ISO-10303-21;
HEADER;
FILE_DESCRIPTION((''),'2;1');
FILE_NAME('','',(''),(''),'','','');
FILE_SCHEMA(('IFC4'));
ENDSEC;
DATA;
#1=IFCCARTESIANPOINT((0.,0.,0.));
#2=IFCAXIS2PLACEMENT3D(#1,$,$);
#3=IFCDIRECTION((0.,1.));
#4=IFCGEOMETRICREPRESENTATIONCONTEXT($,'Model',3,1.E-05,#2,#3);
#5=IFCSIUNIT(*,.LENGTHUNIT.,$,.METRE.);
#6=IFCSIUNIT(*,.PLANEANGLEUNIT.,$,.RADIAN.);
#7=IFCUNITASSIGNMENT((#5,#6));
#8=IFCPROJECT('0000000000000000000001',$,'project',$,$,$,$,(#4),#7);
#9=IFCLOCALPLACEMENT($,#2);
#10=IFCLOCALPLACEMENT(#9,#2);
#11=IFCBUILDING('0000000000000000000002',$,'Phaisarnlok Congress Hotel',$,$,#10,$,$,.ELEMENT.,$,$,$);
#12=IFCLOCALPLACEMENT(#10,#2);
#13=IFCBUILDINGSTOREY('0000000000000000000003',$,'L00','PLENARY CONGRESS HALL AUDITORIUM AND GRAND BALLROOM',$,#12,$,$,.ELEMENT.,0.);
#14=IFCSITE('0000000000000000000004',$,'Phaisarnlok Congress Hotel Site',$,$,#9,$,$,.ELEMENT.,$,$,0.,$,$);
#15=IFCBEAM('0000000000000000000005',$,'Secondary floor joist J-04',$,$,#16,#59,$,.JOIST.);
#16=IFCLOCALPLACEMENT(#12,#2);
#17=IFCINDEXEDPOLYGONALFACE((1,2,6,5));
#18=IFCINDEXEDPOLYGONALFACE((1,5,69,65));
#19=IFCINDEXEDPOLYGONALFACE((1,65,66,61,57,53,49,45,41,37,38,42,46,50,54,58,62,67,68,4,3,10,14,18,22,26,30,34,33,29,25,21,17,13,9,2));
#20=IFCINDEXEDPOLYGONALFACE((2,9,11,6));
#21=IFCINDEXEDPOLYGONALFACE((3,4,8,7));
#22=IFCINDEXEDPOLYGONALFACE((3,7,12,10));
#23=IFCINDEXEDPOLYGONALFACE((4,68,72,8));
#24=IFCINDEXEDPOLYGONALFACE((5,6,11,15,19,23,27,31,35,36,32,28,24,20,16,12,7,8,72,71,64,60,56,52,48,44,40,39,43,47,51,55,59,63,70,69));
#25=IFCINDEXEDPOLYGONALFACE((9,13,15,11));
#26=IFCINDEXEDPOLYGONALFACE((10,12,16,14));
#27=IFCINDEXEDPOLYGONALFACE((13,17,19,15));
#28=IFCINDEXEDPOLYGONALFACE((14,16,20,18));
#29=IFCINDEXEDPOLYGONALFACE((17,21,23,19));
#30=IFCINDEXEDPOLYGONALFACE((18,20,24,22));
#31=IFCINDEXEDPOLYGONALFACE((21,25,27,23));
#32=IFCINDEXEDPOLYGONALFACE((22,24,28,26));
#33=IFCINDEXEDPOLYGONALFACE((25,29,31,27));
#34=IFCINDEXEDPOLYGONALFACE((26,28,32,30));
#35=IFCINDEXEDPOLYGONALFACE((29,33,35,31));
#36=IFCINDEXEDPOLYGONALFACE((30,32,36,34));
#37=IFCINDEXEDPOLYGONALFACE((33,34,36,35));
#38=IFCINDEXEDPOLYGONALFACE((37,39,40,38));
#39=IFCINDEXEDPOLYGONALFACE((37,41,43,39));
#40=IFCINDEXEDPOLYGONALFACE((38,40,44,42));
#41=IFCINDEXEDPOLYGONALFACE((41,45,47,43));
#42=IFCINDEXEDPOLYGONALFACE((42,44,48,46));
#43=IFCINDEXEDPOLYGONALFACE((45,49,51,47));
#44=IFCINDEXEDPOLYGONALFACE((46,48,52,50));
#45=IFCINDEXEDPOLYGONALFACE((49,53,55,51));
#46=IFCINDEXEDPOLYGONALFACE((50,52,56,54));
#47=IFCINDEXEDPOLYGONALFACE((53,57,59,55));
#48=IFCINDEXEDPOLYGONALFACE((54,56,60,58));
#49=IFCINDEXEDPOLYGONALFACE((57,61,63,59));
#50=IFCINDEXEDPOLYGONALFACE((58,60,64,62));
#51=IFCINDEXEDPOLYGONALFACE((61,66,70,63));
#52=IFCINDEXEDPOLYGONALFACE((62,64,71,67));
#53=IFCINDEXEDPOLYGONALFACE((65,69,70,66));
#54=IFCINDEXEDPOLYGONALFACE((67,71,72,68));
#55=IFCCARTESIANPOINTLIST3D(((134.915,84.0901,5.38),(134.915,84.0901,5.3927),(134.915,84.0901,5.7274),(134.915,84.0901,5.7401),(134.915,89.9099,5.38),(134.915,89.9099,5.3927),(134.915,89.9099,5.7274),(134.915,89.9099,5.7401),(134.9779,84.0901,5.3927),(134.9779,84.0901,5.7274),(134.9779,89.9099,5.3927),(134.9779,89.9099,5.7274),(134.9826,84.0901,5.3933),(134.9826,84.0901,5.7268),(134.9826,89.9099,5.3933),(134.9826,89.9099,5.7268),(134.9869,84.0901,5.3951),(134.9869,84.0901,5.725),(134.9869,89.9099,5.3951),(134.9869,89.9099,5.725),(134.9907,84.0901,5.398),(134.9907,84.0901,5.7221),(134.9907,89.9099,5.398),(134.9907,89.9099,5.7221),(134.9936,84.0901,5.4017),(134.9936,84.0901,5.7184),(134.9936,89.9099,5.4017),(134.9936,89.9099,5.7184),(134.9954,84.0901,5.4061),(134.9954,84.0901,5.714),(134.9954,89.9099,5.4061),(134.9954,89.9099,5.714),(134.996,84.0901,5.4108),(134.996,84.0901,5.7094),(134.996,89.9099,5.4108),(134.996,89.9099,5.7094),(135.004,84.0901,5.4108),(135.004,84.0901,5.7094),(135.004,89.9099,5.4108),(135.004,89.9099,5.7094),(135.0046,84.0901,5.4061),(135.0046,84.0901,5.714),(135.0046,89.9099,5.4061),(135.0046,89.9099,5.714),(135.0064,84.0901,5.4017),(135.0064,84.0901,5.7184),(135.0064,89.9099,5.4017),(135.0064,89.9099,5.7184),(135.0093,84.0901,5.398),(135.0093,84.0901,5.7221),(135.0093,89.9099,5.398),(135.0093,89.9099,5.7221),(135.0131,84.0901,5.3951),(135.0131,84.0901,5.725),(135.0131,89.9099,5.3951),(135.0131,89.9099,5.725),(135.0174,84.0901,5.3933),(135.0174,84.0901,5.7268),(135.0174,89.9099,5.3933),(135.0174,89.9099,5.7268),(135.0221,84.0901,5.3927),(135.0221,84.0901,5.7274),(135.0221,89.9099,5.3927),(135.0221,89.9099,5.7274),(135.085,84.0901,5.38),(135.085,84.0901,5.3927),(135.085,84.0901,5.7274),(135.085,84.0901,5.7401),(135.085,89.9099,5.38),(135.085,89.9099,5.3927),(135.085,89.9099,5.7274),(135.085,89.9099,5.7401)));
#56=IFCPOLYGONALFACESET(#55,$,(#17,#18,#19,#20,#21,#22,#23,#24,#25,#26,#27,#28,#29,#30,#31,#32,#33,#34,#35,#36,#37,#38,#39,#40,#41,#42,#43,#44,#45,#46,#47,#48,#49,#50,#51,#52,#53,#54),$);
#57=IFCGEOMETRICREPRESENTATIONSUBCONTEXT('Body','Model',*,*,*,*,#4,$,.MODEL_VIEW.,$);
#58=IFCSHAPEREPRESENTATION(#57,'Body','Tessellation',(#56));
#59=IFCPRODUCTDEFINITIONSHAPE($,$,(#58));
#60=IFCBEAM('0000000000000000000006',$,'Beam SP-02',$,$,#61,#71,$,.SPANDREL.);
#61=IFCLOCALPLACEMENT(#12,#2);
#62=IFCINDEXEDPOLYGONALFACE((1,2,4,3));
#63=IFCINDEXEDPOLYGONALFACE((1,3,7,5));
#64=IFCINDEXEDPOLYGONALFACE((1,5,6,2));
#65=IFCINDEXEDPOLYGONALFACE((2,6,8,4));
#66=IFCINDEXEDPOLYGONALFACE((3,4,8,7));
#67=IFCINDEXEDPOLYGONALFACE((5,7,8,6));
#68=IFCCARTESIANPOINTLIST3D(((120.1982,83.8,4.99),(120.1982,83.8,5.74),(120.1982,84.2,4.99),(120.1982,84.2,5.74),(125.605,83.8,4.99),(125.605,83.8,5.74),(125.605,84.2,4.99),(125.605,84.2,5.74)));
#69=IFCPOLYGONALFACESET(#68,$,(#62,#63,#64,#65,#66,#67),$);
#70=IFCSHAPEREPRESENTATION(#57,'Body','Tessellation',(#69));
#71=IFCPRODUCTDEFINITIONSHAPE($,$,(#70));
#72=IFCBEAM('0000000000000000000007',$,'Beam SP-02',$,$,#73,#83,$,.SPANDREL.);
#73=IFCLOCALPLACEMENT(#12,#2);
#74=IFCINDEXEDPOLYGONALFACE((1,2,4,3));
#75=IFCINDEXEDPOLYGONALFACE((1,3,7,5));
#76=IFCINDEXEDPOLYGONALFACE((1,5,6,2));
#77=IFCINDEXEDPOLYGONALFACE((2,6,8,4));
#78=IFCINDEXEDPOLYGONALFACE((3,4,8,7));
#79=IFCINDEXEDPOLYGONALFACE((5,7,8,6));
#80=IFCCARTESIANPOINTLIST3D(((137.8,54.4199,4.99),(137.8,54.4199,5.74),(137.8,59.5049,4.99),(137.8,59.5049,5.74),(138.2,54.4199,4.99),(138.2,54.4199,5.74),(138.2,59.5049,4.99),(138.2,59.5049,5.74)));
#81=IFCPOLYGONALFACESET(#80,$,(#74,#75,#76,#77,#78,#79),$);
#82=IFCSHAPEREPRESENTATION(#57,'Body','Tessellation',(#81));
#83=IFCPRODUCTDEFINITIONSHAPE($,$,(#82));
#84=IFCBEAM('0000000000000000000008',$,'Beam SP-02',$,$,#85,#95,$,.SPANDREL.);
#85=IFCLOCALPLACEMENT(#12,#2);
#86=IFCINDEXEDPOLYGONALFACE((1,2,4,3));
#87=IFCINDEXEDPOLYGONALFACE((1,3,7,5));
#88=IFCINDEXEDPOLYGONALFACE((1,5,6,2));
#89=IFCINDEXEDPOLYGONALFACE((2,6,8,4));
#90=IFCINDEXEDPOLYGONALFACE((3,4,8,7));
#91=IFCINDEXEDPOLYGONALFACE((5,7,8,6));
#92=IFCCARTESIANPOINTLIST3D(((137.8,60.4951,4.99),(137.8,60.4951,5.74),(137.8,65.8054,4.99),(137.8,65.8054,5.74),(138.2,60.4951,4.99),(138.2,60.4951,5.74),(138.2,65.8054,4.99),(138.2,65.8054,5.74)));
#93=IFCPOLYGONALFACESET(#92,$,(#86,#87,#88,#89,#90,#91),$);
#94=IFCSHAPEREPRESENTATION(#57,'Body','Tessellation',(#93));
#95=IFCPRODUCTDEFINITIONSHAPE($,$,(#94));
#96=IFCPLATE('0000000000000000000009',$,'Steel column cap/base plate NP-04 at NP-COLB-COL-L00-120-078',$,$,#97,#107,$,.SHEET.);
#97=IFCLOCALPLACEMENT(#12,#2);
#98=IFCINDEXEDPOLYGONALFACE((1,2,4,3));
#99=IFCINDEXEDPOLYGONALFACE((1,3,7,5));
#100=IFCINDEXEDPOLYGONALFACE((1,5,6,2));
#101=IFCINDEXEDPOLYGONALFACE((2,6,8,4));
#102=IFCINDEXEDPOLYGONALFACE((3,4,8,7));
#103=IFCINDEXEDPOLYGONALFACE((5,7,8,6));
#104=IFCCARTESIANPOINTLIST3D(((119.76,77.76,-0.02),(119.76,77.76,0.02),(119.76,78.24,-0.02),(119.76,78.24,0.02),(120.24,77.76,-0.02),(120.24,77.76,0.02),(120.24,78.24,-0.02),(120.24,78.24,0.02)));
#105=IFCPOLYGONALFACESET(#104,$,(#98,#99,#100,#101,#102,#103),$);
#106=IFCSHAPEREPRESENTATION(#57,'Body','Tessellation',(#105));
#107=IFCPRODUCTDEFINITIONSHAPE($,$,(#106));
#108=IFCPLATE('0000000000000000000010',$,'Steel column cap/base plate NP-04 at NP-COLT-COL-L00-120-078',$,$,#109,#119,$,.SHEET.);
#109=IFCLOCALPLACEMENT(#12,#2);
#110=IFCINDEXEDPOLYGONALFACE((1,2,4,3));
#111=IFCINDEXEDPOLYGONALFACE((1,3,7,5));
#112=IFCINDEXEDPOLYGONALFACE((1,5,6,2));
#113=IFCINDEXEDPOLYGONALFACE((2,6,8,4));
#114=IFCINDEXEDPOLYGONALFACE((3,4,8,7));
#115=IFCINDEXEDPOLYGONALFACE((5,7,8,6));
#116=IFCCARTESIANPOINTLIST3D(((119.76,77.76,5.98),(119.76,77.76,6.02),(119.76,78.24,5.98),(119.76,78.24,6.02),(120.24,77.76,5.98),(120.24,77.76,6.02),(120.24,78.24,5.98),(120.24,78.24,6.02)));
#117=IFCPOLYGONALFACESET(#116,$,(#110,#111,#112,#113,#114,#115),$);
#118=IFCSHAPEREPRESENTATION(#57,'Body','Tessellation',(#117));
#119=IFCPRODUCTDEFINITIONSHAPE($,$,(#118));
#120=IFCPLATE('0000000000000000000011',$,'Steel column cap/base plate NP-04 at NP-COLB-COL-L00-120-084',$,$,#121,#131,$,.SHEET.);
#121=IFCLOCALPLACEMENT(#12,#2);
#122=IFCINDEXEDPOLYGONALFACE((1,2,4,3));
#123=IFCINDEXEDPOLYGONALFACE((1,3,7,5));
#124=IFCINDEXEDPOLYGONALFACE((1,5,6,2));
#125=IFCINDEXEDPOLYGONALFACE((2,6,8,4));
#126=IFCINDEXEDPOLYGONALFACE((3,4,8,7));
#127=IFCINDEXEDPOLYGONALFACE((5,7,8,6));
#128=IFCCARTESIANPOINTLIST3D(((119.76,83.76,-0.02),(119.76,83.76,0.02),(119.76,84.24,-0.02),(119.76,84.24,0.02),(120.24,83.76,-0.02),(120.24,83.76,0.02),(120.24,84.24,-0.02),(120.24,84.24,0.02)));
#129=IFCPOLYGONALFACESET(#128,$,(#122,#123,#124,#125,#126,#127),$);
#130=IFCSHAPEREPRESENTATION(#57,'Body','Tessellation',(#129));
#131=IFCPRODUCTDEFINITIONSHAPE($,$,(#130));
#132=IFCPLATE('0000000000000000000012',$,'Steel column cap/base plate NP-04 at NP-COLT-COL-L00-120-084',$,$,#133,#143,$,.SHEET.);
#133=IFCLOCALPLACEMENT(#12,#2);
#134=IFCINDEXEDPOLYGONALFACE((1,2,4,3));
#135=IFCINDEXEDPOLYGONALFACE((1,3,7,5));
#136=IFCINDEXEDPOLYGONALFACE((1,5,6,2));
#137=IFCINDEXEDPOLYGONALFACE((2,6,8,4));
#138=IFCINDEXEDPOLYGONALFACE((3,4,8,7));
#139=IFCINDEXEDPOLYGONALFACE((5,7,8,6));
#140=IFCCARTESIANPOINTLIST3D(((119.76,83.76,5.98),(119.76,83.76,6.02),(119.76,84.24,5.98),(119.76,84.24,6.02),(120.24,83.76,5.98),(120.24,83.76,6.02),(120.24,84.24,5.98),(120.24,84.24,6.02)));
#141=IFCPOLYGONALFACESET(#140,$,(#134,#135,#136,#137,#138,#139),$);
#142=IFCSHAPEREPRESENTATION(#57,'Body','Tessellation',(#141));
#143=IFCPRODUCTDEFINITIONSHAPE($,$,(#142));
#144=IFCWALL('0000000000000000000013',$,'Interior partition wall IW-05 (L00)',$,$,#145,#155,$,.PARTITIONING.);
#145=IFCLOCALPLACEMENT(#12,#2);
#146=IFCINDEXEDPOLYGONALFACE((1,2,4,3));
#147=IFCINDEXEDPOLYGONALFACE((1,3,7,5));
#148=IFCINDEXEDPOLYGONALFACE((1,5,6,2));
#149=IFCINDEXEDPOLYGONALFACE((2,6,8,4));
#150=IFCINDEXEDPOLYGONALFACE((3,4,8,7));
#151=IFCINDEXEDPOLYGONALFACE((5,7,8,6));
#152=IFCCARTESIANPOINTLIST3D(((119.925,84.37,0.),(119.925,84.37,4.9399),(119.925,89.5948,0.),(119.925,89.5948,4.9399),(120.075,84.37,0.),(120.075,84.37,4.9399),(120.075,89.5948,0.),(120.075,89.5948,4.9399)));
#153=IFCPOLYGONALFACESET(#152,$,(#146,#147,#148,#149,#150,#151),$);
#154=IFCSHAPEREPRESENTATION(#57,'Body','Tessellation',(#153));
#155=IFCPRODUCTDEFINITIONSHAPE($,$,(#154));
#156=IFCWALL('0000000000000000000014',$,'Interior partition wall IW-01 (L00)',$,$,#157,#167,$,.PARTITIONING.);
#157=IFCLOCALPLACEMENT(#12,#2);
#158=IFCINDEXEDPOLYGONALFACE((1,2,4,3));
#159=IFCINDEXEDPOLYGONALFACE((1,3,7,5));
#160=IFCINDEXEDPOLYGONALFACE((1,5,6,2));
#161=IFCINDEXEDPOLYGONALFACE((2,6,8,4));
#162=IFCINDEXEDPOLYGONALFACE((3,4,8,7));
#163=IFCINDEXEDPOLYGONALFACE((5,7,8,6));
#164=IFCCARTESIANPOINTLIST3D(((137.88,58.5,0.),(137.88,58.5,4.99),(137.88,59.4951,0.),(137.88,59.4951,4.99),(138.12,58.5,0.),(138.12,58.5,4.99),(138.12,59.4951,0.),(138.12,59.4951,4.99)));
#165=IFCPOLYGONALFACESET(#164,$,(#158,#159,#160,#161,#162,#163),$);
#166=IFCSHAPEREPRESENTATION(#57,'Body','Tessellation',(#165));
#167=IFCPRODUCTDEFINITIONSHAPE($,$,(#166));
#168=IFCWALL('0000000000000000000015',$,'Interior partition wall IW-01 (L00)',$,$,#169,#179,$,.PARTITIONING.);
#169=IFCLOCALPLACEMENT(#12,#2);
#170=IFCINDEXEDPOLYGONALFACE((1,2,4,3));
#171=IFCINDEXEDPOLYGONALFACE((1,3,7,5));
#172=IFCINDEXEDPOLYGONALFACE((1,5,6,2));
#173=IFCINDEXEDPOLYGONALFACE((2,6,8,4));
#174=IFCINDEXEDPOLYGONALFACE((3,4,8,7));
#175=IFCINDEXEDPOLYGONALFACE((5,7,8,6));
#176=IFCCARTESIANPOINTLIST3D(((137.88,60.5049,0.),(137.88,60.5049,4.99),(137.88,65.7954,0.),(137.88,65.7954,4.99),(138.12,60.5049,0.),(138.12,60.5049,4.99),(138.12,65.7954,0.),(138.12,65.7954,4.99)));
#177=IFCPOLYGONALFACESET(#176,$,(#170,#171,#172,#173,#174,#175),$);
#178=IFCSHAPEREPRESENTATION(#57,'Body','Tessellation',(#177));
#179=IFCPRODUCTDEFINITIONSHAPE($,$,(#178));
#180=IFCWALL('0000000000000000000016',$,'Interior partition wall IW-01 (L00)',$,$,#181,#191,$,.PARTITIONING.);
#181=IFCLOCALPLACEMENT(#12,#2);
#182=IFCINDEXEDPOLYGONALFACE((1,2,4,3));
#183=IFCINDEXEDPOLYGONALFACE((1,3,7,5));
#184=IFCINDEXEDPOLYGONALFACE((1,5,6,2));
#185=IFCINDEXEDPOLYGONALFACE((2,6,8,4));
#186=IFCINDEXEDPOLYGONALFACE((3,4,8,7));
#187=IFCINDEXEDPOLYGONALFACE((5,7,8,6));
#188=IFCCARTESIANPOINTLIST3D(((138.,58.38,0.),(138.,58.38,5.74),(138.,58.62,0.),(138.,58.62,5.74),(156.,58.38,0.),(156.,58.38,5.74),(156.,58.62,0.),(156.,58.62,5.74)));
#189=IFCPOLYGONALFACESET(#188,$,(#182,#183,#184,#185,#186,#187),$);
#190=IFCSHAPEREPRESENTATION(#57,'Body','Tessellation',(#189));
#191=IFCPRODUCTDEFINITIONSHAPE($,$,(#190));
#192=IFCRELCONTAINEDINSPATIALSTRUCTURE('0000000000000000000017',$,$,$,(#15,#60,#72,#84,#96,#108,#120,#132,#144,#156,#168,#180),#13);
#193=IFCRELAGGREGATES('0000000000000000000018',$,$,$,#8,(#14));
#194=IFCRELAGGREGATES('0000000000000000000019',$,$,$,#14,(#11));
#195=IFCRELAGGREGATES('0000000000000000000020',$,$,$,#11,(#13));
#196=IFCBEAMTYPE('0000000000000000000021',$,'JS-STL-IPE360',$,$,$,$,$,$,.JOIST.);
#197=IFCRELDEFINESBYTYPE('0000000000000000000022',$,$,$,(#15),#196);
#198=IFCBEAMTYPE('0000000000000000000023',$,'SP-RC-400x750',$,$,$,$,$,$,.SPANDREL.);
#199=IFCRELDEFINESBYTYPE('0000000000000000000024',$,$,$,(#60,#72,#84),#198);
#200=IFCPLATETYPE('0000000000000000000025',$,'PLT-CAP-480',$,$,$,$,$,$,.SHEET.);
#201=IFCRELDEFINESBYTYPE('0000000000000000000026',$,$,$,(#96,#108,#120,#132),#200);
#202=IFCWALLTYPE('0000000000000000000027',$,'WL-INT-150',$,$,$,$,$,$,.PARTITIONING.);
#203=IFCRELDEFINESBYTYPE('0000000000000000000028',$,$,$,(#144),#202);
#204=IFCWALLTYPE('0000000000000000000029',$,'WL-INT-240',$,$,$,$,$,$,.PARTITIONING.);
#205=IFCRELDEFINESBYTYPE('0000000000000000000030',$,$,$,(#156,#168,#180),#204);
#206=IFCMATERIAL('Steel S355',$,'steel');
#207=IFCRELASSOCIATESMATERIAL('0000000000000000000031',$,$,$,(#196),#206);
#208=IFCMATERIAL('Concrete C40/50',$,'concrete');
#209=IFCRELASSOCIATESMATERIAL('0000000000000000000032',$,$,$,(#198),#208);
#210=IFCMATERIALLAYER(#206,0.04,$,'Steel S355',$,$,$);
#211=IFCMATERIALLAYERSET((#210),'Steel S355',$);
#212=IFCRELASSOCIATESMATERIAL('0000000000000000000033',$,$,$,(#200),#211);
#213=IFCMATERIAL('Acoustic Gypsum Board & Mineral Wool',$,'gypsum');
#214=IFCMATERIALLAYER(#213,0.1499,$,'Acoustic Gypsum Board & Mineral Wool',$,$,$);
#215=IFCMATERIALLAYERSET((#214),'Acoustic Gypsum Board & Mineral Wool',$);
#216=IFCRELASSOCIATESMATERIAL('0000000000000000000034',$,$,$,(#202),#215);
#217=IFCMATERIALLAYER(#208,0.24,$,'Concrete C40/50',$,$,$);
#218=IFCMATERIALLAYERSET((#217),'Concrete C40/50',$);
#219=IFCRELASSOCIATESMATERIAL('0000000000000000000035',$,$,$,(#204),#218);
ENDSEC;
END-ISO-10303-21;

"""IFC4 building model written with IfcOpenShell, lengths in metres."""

from ifc_helpers import new_model, si_unit, direction, frame, frame_2d, origin, origin_2d, place, context, subcontext, project, spatial, rectangle, i_section, extrude, material, layer, layer_set, material_profile, profile_set, type_object, element, save


model = new_model("IFC4")

# Units and contexts
model_context = context("Model", 3, precision=1e-05, world=origin(), true_north=direction((0.0, 1.0)))
body_context = subcontext(model_context, "Body", "Model", "MODEL_VIEW")
ifc_project = project(units=[si_unit("LENGTHUNIT", "METRE"), si_unit("PLANEANGLEUNIT", "RADIAN")], contexts=[model_context])

# Site, building, storey
site_placement = place(None, origin())
site = spatial("IfcSite", under=ifc_project, at=site_placement, Name="Phaisarnlok Congress Hotel Site", CompositionType="ELEMENT", RefElevation=0.0)
building_placement = place(site_placement, origin())
building = spatial("IfcBuilding", under=site, at=building_placement, Name="Phaisarnlok Congress Hotel", CompositionType="ELEMENT")
storey_placement = place(building_placement, origin())
storey = spatial("IfcBuildingStorey", under=building, at=storey_placement, Name="L00", Description="PLENARY CONGRESS HALL AUDITORIUM AND GRAND BALLROOM", CompositionType="ELEMENT", Elevation=0.0)

# Shared definitions
ifc_material_1 = material(Name="Steel S355", Category="steel")

# Beams
ifc_material_2 = material(Name="Concrete C40/50", Category="concrete")
ifc_material_profile_1 = material_profile(ifc_material_1, i_section(OverallWidth=0.1699, OverallDepth=0.3601, WebThickness=0.0081, FlangeThickness=0.0127, FilletRadius=0.0181, at=origin_2d()), Name="IPE 360")
ifc_profile_set_1 = profile_set([ifc_material_profile_1], Name="Steel S355")
beam_type_1 = type_object("IfcBeamType", Name="JS-STL-IPE360", PredefinedType="JOIST", material=ifc_profile_set_1)
beam_1_placement = place(storey_placement, frame((135.0, 84.0901, 5.5601), z_axis=(0.0, 1.0, 0.0), x_axis=(-1.0, 0.0, 0.0)))
element("IfcBeam", 1, at=beam_1_placement, inside=storey, type_object=beam_type_1, Name="Secondary floor joist J-04", PredefinedType="JOIST", context=body_context, shape_type="SweptSolid", body=[
    extrude(i_section(OverallWidth=0.1699, OverallDepth=0.3601, WebThickness=0.0081, FlangeThickness=0.0127, FilletRadius=0.0181, at=origin_2d()), origin(), (0.0, 0.0, 1.0), 5.8198),
])
ifc_material_profile_2 = material_profile(ifc_material_2, rectangle(XDim=0.3999, YDim=0.75, at=origin_2d()), Name="RC 400x750")
ifc_profile_set_2 = profile_set([ifc_material_profile_2], Name="Concrete C40/50")
beam_type_2 = type_object("IfcBeamType", Name="SP-RC-400x750", PredefinedType="SPANDREL", material=ifc_profile_set_2)
beam_2_placement = place(storey_placement, frame((120.1982, 84.0, 5.365), z_axis=(1.0, 0.0, 0.0), x_axis=(0.0, 1.0, 0.0)))
element("IfcBeam", 2, at=beam_2_placement, inside=storey, type_object=beam_type_2, Name="Beam SP-02", PredefinedType="SPANDREL", context=body_context, shape_type="SweptSolid", body=[
    extrude(rectangle(XDim=0.3999, YDim=0.75, at=origin_2d()), origin(), (0.0, 0.0, 1.0), 5.4067),
])
beam_3_placement = place(storey_placement, frame((138.0, 54.4199, 5.365), z_axis=(0.0, 1.0, 0.0), x_axis=(-1.0, 0.0, 0.0)))
element("IfcBeam", 3, at=beam_3_placement, inside=storey, type_object=beam_type_2, Name="Beam SP-02", PredefinedType="SPANDREL", context=body_context, shape_type="SweptSolid", body=[
    extrude(rectangle(XDim=0.3999, YDim=0.75, at=origin_2d()), origin(), (0.0, 0.0, 1.0), 5.085),
])
beam_4_placement = place(storey_placement, frame((138.0, 60.4951, 5.365), z_axis=(0.0, 1.0, 0.0), x_axis=(-1.0, 0.0, 0.0)))
element("IfcBeam", 4, at=beam_4_placement, inside=storey, type_object=beam_type_2, Name="Beam SP-02", PredefinedType="SPANDREL", context=body_context, shape_type="SweptSolid", body=[
    extrude(rectangle(XDim=0.3999, YDim=0.75, at=origin_2d()), origin(), (0.0, 0.0, 1.0), 5.3103),
])

# Plates
ifc_layer_1 = layer(ifc_material_1, 0.04, Name="Steel S355")
ifc_layer_set_1 = layer_set([ifc_layer_1], Name="Steel S355")
plate_type = type_object("IfcPlateType", Name="PLT-CAP-480", PredefinedType="SHEET", material=ifc_layer_set_1)
for number, where, z_axis, x_axis, name in (
    (5, (120.0, 78.0, -0.02), (0.0, 0.0, 1.0), (1.0, 0.0, 0.0), "Steel column cap/base plate NP-04 at NP-COLB-COL-L00-120-078"),
    (6, (120.0, 78.0, 5.98), (0.0, 0.0, 1.0), (1.0, 0.0, 0.0), "Steel column cap/base plate NP-04 at NP-COLT-COL-L00-120-078"),
    (7, (120.0, 84.0, -0.02), (0.0, 0.0, 1.0), (1.0, 0.0, 0.0), "Steel column cap/base plate NP-04 at NP-COLB-COL-L00-120-084"),
    (8, (120.0, 84.0, 5.98), (0.0, 0.0, 1.0), (1.0, 0.0, 0.0), "Steel column cap/base plate NP-04 at NP-COLT-COL-L00-120-084"),
):
    element("IfcPlate", number, at=place(storey_placement, frame(where, z_axis=z_axis, x_axis=x_axis)), inside=storey, type_object=plate_type, Name=name, PredefinedType="SHEET", context=body_context, shape_type="SweptSolid", body=[
        extrude(rectangle(XDim=0.48, YDim=0.48, at=origin_2d()), origin(), (0.0, 0.0, 1.0), 0.04),
    ])

# Walls
ifc_material_3 = material(Name="Acoustic Gypsum Board & Mineral Wool", Category="gypsum")
ifc_layer_2 = layer(ifc_material_3, 0.1499, Name="Acoustic Gypsum Board & Mineral Wool")
ifc_layer_set_2 = layer_set([ifc_layer_2], Name="Acoustic Gypsum Board & Mineral Wool")
wall_type_1 = type_object("IfcWallType", Name="WL-INT-150", PredefinedType="PARTITIONING", material=ifc_layer_set_2)
wall_1_placement = place(storey_placement, frame((120.0, 84.3701, 0.0), z_axis=(0.0, 0.0, 1.0), x_axis=(0.0, 1.0, 0.0)))
element("IfcWall", 9, at=wall_1_placement, inside=storey, type_object=wall_type_1, Name="Interior partition wall IW-05 (L00)", PredefinedType="PARTITIONING", context=body_context, shape_type="SweptSolid", body=[
    extrude(rectangle(XDim=5.2249, YDim=0.1499, at=frame_2d((2.6123, 0.0))), origin(), (0.0, 0.0, 1.0), 4.9399),
])
ifc_layer_3 = layer(ifc_material_2, 0.24, Name="Concrete C40/50")
ifc_layer_set_3 = layer_set([ifc_layer_3], Name="Concrete C40/50")
wall_type_2 = type_object("IfcWallType", Name="WL-INT-240", PredefinedType="PARTITIONING", material=ifc_layer_set_3)
wall_2_placement = place(storey_placement, frame((138.0, 58.5, 0.0), z_axis=(0.0, 0.0, 1.0), x_axis=(0.0, 1.0, 0.0)))
element("IfcWall", 10, at=wall_2_placement, inside=storey, type_object=wall_type_2, Name="Interior partition wall IW-01 (L00)", PredefinedType="PARTITIONING", context=body_context, shape_type="SweptSolid", body=[
    extrude(rectangle(XDim=0.9951, YDim=0.24, at=frame_2d((0.4976, 0.0))), origin(), (0.0, 0.0, 1.0), 4.99),
])
wall_3_placement = place(storey_placement, frame((138.0, 60.5049, 0.0), z_axis=(0.0, 0.0, 1.0), x_axis=(0.0, 1.0, 0.0)))
element("IfcWall", 11, at=wall_3_placement, inside=storey, type_object=wall_type_2, Name="Interior partition wall IW-01 (L00)", PredefinedType="PARTITIONING", context=body_context, shape_type="SweptSolid", body=[
    extrude(rectangle(XDim=5.2905, YDim=0.24, at=frame_2d((2.6453, 0.0))), origin(), (0.0, 0.0, 1.0), 4.99),
])
wall_4_placement = place(storey_placement, frame((138.0, 58.5, 0.0), z_axis=(0.0, 0.0, 1.0), x_axis=(1.0, 0.0, 0.0)))
element("IfcWall", 12, at=wall_4_placement, inside=storey, type_object=wall_type_2, Name="Interior partition wall IW-01 (L00)", PredefinedType="PARTITIONING", context=body_context, shape_type="SweptSolid", body=[
    extrude(rectangle(XDim=18.0, YDim=0.24, at=frame_2d((9.0, 0.0))), origin(), (0.0, 0.0, 1.0), 5.74),
])

save(model, "model.ifc")
